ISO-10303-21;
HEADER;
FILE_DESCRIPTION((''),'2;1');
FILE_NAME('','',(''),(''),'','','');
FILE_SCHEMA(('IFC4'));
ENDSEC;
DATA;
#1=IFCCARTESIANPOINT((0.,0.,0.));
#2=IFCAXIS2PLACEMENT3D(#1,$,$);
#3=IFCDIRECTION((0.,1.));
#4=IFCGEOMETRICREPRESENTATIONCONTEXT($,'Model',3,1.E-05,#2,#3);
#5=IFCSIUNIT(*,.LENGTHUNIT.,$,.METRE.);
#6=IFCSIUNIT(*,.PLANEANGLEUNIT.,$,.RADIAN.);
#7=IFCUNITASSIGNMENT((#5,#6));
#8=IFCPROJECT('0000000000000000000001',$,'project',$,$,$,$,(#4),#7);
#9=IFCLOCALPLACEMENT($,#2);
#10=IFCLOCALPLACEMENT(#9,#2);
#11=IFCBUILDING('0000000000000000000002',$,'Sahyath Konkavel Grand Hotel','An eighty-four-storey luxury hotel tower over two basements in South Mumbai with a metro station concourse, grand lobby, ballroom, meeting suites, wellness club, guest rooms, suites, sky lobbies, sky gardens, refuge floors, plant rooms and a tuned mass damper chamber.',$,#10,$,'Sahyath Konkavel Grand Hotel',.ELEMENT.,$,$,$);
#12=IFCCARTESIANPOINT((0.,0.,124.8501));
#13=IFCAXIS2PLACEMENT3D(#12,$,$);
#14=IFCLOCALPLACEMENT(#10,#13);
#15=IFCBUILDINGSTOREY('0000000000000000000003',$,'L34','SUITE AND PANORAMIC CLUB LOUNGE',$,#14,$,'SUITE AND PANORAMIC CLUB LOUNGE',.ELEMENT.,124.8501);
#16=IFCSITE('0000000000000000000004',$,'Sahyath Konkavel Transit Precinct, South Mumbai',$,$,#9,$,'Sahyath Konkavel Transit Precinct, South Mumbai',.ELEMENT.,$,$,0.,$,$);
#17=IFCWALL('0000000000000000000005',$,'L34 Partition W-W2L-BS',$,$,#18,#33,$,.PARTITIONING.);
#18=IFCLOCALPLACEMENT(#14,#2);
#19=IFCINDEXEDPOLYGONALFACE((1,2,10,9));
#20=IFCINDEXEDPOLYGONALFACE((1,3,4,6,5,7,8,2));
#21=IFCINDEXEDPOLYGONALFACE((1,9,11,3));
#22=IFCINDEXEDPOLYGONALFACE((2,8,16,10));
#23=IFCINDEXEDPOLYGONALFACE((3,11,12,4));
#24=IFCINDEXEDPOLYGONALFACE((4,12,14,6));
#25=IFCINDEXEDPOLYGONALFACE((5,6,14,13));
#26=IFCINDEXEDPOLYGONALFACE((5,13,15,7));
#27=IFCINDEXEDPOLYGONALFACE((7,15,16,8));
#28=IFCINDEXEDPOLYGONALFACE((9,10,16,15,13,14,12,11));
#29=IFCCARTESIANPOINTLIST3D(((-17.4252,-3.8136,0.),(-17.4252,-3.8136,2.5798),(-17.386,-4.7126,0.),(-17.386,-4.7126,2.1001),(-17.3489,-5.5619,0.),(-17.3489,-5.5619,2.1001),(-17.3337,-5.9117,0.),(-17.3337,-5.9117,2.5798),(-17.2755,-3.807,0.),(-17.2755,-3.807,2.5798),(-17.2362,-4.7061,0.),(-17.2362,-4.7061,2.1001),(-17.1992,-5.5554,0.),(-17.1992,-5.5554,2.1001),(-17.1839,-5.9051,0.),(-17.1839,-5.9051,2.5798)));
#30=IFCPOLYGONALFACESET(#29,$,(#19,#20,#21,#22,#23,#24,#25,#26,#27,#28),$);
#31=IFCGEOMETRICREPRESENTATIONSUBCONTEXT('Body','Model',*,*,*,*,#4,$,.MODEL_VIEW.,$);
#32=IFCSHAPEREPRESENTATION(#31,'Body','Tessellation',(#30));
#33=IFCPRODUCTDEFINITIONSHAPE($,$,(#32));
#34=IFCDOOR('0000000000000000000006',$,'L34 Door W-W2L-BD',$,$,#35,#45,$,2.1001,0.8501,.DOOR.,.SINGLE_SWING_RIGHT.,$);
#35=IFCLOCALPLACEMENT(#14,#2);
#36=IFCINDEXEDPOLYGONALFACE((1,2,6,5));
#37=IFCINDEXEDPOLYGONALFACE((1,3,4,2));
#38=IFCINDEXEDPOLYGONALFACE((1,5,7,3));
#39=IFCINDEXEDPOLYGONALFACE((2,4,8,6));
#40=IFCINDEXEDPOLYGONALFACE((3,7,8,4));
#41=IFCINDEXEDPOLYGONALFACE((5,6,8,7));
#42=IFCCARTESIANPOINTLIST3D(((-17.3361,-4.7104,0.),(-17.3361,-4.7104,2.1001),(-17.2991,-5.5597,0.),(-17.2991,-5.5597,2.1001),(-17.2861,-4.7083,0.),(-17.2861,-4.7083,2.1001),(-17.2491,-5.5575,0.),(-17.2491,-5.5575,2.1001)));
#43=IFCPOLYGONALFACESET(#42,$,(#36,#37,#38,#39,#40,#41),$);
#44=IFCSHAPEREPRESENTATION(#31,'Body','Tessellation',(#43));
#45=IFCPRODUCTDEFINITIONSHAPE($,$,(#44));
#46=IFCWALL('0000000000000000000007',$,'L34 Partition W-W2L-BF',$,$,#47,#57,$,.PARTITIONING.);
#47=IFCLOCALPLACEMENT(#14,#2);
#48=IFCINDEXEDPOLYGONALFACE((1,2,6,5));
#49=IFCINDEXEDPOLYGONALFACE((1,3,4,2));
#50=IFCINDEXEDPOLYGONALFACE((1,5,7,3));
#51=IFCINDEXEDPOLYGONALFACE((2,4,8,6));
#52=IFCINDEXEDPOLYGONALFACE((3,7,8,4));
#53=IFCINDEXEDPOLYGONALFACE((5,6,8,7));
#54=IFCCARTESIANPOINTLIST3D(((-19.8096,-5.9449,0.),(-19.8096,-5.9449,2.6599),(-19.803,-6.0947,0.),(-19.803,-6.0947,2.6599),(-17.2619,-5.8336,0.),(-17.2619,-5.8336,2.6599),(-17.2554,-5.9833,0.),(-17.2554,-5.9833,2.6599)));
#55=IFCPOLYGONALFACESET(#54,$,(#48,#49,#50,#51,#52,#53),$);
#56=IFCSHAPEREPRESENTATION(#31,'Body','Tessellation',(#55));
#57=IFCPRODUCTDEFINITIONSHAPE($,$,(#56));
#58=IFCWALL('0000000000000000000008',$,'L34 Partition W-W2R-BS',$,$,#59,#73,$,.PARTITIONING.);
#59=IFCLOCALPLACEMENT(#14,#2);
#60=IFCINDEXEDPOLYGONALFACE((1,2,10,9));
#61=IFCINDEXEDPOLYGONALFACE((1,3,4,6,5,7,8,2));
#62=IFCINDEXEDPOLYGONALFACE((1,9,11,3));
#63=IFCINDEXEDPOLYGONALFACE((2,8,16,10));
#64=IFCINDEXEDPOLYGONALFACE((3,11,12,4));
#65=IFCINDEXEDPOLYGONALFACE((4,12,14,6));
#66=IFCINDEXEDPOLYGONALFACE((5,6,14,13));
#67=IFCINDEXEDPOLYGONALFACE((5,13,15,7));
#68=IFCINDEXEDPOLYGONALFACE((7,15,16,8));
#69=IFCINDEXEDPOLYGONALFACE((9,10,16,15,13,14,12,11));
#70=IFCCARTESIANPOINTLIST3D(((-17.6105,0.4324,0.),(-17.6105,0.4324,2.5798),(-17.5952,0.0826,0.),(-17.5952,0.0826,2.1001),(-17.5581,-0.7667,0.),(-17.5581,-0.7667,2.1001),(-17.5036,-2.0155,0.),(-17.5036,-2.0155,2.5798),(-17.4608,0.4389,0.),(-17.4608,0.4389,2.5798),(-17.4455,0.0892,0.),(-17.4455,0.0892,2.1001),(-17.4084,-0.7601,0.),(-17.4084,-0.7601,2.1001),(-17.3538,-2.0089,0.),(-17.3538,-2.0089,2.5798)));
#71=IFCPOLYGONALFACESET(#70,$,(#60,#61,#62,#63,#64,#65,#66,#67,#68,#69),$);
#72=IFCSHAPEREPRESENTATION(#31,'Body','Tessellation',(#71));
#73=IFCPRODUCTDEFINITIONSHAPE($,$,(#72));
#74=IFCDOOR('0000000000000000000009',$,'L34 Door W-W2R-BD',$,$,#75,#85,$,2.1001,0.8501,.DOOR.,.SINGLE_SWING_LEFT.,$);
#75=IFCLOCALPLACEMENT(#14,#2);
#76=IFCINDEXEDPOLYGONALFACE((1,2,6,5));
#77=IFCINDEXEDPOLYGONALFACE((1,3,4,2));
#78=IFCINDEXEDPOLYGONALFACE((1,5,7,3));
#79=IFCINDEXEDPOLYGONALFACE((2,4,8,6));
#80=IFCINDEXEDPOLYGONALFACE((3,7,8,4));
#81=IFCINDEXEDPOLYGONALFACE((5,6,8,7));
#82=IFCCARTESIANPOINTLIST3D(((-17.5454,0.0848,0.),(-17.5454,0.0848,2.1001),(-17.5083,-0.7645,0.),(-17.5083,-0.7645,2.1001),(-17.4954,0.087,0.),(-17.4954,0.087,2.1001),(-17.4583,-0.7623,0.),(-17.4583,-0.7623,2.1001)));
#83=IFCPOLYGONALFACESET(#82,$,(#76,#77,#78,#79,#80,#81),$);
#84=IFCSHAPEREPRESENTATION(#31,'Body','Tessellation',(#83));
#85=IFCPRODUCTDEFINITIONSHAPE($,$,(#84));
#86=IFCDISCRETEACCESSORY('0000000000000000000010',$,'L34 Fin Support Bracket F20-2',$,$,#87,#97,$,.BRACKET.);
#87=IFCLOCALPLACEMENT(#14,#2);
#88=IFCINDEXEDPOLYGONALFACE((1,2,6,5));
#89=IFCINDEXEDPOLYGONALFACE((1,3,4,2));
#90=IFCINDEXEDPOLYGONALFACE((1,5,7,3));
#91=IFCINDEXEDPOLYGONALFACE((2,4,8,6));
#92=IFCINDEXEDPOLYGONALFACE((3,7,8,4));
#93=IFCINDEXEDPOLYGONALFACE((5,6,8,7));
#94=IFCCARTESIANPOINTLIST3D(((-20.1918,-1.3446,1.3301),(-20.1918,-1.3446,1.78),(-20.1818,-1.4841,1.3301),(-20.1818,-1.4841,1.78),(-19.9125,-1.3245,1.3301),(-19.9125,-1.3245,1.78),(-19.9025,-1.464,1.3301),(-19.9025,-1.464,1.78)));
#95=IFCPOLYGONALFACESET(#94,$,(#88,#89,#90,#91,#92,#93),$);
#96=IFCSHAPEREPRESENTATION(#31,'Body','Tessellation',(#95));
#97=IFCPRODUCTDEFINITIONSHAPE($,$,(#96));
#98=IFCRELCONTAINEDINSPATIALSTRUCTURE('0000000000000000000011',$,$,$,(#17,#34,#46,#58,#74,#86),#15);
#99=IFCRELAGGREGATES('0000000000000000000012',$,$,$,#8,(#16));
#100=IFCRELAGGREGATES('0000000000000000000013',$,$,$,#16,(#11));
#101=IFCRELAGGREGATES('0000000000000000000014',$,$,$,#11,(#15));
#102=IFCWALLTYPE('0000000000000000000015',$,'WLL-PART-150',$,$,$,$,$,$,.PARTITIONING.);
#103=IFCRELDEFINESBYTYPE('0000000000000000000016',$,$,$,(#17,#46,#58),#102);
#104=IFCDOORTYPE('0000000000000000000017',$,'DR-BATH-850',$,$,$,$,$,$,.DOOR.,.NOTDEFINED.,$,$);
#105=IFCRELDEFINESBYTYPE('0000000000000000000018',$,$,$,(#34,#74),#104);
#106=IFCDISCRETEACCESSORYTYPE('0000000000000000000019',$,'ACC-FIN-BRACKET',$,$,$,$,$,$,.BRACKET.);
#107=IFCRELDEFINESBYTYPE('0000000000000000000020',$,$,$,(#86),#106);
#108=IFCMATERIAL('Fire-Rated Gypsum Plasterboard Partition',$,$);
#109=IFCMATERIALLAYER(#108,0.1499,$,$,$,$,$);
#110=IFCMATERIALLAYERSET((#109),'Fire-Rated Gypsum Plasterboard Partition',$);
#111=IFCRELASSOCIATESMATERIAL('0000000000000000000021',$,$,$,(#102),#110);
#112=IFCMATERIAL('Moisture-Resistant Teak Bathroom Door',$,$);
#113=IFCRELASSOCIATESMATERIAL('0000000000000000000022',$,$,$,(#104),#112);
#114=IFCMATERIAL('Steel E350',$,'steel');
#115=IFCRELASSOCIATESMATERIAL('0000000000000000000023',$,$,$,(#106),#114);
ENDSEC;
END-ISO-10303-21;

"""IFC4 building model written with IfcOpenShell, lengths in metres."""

from ifc_helpers import new_model, si_unit, direction, frame, frame_2d, origin, origin_2d, place, context, subcontext, project, spatial, rectangle, extrude, source, transform, mapped, material, layer, layer_set, type_object, element, fill, save


model = new_model("IFC4")

# Units and contexts
model_context = context("Model", 3, precision=1e-05, world=origin(), true_north=direction((0.0, 1.0)))
body_context = subcontext(model_context, "Body", "Model", "MODEL_VIEW")
ifc_project = project(units=[si_unit("LENGTHUNIT", "METRE"), si_unit("PLANEANGLEUNIT", "RADIAN")], contexts=[model_context])

# Site, building, storey
site_placement = place(None, origin())
site = spatial("IfcSite", under=ifc_project, at=site_placement, Name="Sahyath Konkavel Transit Precinct, South Mumbai", LongName="Sahyath Konkavel Transit Precinct, South Mumbai", CompositionType="ELEMENT", RefElevation=0.0)
building_placement = place(site_placement, origin())
building = spatial("IfcBuilding", under=site, at=building_placement, Name="Sahyath Konkavel Grand Hotel", Description="An eighty-four-storey luxury hotel tower over two basements in South Mumbai with a metro station concourse, grand lobby, ballroom, meeting suites, wellness club, guest rooms, suites, sky lobbies, sky gardens, refuge floors, plant rooms and a tuned mass damper chamber.", LongName="Sahyath Konkavel Grand Hotel", CompositionType="ELEMENT")
storey_placement = place(building_placement, frame((0.0, 0.0, 124.8501)))
storey = spatial("IfcBuildingStorey", under=building, at=storey_placement, Name="L34", Description="SUITE AND PANORAMIC CLUB LOUNGE", LongName="SUITE AND PANORAMIC CLUB LOUNGE", CompositionType="ELEMENT", Elevation=124.8501)

# Shared definitions
ifc_material_1 = material(Name="Steel E350", Category="steel")

# Wall, opening, door
ifc_material_2 = material(Name="Fire-Rated Gypsum Plasterboard Partition")
ifc_layer_1 = layer(ifc_material_2, 0.1499)
ifc_layer_set_1 = layer_set([ifc_layer_1], Name="Fire-Rated Gypsum Plasterboard Partition")
wall_type_1 = type_object("IfcWallType", Name="WLL-PART-150", PredefinedType="PARTITIONING", material=ifc_layer_set_1)
wall_1_placement = place(storey_placement, frame((-17.3503, -3.8103, 0.0), z_axis=(0.0, 0.0, 1.0), x_axis=(0.043594, -0.999049, 0.0)))
wall_1 = element("IfcWall", 1, at=wall_1_placement, inside=storey, type_object=wall_type_1, Name="L34 Partition W-W2L-BS", PredefinedType="PARTITIONING", context=body_context, shape_type="SweptSolid", body=[
    extrude(rectangle(XDim=2.1001, YDim=0.1499, at=frame_2d((1.05, 0.0))), origin(), (0.0, 0.0, 1.0), 2.5798),
])
opening_1_placement = place(wall_1_placement, frame((0.8999, 0.0, 0.0)))
opening_1 = element("IfcOpeningElement", 2, at=opening_1_placement, cuts=wall_1, PredefinedType="OPENING", context=body_context, shape_type="SweptSolid", body=[
    extrude(rectangle(XDim=0.8501, YDim=2.1001, at=frame_2d((0.425, 1.05))), frame((0.0, 0.085, 0.0), z_axis=(0.0, -1.0, 0.0), x_axis=(1.0, 0.0, 0.0)), (0.0, 0.0, 1.0), 0.1699),
])
ifc_material_3 = material(Name="Moisture-Resistant Teak Bathroom Door")
door_type = type_object("IfcDoorType", Name="DR-BATH-850", OperationType="NOTDEFINED", PredefinedType="DOOR", material=ifc_material_3)
shared_shape_1 = source(origin(), body_context, "Body", "SweptSolid", [
    extrude(rectangle(XDim=0.8501, YDim=0.05, at=origin_2d()), origin(), (0.0, 0.0, 1.0), 2.1001),
])
door_1_placement = place(opening_1_placement, frame((0.425, 0.0, 0.0)))
door_1 = element("IfcDoor", 3, at=door_1_placement, inside=storey, type_object=door_type, Name="L34 Door W-W2L-BD", OperationType="SINGLE_SWING_RIGHT", OverallHeight=2.1001, OverallWidth=0.8501, PredefinedType="DOOR", context=body_context, shape_type="MappedRepresentation", body=[
    mapped(shared_shape_1, transform((0.0, 0.0, 0.0), scale=1.0)),
])
fill(opening_1, door_1)

# Wall
wall_2_placement = place(storey_placement, frame((-17.2588, -5.9084, 0.0), z_axis=(0.0, 0.0, 1.0), x_axis=(-0.999047, -0.043657, 0.0)))
element("IfcWall", 4, at=wall_2_placement, inside=storey, type_object=wall_type_1, Name="L34 Partition W-W2L-BF", PredefinedType="PARTITIONING", context=body_context, shape_type="SweptSolid", body=[
    extrude(rectangle(XDim=2.55, YDim=0.1499, at=frame_2d((1.2749, 0.0))), origin(), (0.0, 0.0, 1.0), 2.6599),
])

# Wall, opening, door
wall_3_placement = place(storey_placement, frame((-17.4287, -2.0122, 0.0), z_axis=(0.0, 0.0, 1.0), x_axis=(-0.043645, 0.999047, 0.0)))
wall_3 = element("IfcWall", 5, at=wall_3_placement, inside=storey, type_object=wall_type_1, Name="L34 Partition W-W2R-BS", PredefinedType="PARTITIONING", context=body_context, shape_type="SweptSolid", body=[
    extrude(rectangle(XDim=2.4502, YDim=0.1499, at=frame_2d((1.2251, 0.0))), origin(), (0.0, 0.0, 1.0), 2.5798),
])
opening_2_placement = place(wall_3_placement, frame((1.25, 0.0, 0.0)))
opening_2 = element("IfcOpeningElement", 6, at=opening_2_placement, cuts=wall_3, PredefinedType="OPENING", context=body_context, shape_type="SweptSolid", body=[
    extrude(rectangle(XDim=0.8501, YDim=2.1001, at=frame_2d((0.425, 1.05))), frame((0.0, 0.085, 0.0), z_axis=(0.0, -1.0, 0.0), x_axis=(1.0, 0.0, 0.0)), (0.0, 0.0, 1.0), 0.1699),
])
door_2_placement = place(opening_2_placement, frame((0.425, 0.0, 0.0)))
door_2 = element("IfcDoor", 7, at=door_2_placement, inside=storey, type_object=door_type, Name="L34 Door W-W2R-BD", OperationType="SINGLE_SWING_LEFT", OverallHeight=2.1001, OverallWidth=0.8501, PredefinedType="DOOR", context=body_context, shape_type="MappedRepresentation", body=[
    mapped(shared_shape_1, transform((0.0, 0.0, 0.0), scale=1.0)),
])
fill(opening_2, door_2)

# Discrete accessory
discrete_accessory_type = type_object("IfcDiscreteAccessoryType", Name="ACC-FIN-BRACKET", PredefinedType="BRACKET", material=ifc_material_1)
shared_shape_2 = source(origin(), body_context, "Body", "SweptSolid", [
    extrude(rectangle(XDim=0.28, YDim=0.1399, at=origin_2d()), origin(), (0.0, 0.0, 1.0), 0.45),
])
discrete_accessory_placement = place(storey_placement, frame((-20.0471, -1.4043, 1.3301), z_axis=(0.0, 0.0, 1.0), x_axis=(-0.997436, -0.071567, 0.0)))
element("IfcDiscreteAccessory", 8, at=discrete_accessory_placement, inside=storey, type_object=discrete_accessory_type, Name="L34 Fin Support Bracket F20-2", PredefinedType="BRACKET", context=body_context, shape_type="MappedRepresentation", body=[
    mapped(shared_shape_2, transform((0.0, 0.0, 0.0), scale=1.0)),
])

save(model, "model.ifc")
